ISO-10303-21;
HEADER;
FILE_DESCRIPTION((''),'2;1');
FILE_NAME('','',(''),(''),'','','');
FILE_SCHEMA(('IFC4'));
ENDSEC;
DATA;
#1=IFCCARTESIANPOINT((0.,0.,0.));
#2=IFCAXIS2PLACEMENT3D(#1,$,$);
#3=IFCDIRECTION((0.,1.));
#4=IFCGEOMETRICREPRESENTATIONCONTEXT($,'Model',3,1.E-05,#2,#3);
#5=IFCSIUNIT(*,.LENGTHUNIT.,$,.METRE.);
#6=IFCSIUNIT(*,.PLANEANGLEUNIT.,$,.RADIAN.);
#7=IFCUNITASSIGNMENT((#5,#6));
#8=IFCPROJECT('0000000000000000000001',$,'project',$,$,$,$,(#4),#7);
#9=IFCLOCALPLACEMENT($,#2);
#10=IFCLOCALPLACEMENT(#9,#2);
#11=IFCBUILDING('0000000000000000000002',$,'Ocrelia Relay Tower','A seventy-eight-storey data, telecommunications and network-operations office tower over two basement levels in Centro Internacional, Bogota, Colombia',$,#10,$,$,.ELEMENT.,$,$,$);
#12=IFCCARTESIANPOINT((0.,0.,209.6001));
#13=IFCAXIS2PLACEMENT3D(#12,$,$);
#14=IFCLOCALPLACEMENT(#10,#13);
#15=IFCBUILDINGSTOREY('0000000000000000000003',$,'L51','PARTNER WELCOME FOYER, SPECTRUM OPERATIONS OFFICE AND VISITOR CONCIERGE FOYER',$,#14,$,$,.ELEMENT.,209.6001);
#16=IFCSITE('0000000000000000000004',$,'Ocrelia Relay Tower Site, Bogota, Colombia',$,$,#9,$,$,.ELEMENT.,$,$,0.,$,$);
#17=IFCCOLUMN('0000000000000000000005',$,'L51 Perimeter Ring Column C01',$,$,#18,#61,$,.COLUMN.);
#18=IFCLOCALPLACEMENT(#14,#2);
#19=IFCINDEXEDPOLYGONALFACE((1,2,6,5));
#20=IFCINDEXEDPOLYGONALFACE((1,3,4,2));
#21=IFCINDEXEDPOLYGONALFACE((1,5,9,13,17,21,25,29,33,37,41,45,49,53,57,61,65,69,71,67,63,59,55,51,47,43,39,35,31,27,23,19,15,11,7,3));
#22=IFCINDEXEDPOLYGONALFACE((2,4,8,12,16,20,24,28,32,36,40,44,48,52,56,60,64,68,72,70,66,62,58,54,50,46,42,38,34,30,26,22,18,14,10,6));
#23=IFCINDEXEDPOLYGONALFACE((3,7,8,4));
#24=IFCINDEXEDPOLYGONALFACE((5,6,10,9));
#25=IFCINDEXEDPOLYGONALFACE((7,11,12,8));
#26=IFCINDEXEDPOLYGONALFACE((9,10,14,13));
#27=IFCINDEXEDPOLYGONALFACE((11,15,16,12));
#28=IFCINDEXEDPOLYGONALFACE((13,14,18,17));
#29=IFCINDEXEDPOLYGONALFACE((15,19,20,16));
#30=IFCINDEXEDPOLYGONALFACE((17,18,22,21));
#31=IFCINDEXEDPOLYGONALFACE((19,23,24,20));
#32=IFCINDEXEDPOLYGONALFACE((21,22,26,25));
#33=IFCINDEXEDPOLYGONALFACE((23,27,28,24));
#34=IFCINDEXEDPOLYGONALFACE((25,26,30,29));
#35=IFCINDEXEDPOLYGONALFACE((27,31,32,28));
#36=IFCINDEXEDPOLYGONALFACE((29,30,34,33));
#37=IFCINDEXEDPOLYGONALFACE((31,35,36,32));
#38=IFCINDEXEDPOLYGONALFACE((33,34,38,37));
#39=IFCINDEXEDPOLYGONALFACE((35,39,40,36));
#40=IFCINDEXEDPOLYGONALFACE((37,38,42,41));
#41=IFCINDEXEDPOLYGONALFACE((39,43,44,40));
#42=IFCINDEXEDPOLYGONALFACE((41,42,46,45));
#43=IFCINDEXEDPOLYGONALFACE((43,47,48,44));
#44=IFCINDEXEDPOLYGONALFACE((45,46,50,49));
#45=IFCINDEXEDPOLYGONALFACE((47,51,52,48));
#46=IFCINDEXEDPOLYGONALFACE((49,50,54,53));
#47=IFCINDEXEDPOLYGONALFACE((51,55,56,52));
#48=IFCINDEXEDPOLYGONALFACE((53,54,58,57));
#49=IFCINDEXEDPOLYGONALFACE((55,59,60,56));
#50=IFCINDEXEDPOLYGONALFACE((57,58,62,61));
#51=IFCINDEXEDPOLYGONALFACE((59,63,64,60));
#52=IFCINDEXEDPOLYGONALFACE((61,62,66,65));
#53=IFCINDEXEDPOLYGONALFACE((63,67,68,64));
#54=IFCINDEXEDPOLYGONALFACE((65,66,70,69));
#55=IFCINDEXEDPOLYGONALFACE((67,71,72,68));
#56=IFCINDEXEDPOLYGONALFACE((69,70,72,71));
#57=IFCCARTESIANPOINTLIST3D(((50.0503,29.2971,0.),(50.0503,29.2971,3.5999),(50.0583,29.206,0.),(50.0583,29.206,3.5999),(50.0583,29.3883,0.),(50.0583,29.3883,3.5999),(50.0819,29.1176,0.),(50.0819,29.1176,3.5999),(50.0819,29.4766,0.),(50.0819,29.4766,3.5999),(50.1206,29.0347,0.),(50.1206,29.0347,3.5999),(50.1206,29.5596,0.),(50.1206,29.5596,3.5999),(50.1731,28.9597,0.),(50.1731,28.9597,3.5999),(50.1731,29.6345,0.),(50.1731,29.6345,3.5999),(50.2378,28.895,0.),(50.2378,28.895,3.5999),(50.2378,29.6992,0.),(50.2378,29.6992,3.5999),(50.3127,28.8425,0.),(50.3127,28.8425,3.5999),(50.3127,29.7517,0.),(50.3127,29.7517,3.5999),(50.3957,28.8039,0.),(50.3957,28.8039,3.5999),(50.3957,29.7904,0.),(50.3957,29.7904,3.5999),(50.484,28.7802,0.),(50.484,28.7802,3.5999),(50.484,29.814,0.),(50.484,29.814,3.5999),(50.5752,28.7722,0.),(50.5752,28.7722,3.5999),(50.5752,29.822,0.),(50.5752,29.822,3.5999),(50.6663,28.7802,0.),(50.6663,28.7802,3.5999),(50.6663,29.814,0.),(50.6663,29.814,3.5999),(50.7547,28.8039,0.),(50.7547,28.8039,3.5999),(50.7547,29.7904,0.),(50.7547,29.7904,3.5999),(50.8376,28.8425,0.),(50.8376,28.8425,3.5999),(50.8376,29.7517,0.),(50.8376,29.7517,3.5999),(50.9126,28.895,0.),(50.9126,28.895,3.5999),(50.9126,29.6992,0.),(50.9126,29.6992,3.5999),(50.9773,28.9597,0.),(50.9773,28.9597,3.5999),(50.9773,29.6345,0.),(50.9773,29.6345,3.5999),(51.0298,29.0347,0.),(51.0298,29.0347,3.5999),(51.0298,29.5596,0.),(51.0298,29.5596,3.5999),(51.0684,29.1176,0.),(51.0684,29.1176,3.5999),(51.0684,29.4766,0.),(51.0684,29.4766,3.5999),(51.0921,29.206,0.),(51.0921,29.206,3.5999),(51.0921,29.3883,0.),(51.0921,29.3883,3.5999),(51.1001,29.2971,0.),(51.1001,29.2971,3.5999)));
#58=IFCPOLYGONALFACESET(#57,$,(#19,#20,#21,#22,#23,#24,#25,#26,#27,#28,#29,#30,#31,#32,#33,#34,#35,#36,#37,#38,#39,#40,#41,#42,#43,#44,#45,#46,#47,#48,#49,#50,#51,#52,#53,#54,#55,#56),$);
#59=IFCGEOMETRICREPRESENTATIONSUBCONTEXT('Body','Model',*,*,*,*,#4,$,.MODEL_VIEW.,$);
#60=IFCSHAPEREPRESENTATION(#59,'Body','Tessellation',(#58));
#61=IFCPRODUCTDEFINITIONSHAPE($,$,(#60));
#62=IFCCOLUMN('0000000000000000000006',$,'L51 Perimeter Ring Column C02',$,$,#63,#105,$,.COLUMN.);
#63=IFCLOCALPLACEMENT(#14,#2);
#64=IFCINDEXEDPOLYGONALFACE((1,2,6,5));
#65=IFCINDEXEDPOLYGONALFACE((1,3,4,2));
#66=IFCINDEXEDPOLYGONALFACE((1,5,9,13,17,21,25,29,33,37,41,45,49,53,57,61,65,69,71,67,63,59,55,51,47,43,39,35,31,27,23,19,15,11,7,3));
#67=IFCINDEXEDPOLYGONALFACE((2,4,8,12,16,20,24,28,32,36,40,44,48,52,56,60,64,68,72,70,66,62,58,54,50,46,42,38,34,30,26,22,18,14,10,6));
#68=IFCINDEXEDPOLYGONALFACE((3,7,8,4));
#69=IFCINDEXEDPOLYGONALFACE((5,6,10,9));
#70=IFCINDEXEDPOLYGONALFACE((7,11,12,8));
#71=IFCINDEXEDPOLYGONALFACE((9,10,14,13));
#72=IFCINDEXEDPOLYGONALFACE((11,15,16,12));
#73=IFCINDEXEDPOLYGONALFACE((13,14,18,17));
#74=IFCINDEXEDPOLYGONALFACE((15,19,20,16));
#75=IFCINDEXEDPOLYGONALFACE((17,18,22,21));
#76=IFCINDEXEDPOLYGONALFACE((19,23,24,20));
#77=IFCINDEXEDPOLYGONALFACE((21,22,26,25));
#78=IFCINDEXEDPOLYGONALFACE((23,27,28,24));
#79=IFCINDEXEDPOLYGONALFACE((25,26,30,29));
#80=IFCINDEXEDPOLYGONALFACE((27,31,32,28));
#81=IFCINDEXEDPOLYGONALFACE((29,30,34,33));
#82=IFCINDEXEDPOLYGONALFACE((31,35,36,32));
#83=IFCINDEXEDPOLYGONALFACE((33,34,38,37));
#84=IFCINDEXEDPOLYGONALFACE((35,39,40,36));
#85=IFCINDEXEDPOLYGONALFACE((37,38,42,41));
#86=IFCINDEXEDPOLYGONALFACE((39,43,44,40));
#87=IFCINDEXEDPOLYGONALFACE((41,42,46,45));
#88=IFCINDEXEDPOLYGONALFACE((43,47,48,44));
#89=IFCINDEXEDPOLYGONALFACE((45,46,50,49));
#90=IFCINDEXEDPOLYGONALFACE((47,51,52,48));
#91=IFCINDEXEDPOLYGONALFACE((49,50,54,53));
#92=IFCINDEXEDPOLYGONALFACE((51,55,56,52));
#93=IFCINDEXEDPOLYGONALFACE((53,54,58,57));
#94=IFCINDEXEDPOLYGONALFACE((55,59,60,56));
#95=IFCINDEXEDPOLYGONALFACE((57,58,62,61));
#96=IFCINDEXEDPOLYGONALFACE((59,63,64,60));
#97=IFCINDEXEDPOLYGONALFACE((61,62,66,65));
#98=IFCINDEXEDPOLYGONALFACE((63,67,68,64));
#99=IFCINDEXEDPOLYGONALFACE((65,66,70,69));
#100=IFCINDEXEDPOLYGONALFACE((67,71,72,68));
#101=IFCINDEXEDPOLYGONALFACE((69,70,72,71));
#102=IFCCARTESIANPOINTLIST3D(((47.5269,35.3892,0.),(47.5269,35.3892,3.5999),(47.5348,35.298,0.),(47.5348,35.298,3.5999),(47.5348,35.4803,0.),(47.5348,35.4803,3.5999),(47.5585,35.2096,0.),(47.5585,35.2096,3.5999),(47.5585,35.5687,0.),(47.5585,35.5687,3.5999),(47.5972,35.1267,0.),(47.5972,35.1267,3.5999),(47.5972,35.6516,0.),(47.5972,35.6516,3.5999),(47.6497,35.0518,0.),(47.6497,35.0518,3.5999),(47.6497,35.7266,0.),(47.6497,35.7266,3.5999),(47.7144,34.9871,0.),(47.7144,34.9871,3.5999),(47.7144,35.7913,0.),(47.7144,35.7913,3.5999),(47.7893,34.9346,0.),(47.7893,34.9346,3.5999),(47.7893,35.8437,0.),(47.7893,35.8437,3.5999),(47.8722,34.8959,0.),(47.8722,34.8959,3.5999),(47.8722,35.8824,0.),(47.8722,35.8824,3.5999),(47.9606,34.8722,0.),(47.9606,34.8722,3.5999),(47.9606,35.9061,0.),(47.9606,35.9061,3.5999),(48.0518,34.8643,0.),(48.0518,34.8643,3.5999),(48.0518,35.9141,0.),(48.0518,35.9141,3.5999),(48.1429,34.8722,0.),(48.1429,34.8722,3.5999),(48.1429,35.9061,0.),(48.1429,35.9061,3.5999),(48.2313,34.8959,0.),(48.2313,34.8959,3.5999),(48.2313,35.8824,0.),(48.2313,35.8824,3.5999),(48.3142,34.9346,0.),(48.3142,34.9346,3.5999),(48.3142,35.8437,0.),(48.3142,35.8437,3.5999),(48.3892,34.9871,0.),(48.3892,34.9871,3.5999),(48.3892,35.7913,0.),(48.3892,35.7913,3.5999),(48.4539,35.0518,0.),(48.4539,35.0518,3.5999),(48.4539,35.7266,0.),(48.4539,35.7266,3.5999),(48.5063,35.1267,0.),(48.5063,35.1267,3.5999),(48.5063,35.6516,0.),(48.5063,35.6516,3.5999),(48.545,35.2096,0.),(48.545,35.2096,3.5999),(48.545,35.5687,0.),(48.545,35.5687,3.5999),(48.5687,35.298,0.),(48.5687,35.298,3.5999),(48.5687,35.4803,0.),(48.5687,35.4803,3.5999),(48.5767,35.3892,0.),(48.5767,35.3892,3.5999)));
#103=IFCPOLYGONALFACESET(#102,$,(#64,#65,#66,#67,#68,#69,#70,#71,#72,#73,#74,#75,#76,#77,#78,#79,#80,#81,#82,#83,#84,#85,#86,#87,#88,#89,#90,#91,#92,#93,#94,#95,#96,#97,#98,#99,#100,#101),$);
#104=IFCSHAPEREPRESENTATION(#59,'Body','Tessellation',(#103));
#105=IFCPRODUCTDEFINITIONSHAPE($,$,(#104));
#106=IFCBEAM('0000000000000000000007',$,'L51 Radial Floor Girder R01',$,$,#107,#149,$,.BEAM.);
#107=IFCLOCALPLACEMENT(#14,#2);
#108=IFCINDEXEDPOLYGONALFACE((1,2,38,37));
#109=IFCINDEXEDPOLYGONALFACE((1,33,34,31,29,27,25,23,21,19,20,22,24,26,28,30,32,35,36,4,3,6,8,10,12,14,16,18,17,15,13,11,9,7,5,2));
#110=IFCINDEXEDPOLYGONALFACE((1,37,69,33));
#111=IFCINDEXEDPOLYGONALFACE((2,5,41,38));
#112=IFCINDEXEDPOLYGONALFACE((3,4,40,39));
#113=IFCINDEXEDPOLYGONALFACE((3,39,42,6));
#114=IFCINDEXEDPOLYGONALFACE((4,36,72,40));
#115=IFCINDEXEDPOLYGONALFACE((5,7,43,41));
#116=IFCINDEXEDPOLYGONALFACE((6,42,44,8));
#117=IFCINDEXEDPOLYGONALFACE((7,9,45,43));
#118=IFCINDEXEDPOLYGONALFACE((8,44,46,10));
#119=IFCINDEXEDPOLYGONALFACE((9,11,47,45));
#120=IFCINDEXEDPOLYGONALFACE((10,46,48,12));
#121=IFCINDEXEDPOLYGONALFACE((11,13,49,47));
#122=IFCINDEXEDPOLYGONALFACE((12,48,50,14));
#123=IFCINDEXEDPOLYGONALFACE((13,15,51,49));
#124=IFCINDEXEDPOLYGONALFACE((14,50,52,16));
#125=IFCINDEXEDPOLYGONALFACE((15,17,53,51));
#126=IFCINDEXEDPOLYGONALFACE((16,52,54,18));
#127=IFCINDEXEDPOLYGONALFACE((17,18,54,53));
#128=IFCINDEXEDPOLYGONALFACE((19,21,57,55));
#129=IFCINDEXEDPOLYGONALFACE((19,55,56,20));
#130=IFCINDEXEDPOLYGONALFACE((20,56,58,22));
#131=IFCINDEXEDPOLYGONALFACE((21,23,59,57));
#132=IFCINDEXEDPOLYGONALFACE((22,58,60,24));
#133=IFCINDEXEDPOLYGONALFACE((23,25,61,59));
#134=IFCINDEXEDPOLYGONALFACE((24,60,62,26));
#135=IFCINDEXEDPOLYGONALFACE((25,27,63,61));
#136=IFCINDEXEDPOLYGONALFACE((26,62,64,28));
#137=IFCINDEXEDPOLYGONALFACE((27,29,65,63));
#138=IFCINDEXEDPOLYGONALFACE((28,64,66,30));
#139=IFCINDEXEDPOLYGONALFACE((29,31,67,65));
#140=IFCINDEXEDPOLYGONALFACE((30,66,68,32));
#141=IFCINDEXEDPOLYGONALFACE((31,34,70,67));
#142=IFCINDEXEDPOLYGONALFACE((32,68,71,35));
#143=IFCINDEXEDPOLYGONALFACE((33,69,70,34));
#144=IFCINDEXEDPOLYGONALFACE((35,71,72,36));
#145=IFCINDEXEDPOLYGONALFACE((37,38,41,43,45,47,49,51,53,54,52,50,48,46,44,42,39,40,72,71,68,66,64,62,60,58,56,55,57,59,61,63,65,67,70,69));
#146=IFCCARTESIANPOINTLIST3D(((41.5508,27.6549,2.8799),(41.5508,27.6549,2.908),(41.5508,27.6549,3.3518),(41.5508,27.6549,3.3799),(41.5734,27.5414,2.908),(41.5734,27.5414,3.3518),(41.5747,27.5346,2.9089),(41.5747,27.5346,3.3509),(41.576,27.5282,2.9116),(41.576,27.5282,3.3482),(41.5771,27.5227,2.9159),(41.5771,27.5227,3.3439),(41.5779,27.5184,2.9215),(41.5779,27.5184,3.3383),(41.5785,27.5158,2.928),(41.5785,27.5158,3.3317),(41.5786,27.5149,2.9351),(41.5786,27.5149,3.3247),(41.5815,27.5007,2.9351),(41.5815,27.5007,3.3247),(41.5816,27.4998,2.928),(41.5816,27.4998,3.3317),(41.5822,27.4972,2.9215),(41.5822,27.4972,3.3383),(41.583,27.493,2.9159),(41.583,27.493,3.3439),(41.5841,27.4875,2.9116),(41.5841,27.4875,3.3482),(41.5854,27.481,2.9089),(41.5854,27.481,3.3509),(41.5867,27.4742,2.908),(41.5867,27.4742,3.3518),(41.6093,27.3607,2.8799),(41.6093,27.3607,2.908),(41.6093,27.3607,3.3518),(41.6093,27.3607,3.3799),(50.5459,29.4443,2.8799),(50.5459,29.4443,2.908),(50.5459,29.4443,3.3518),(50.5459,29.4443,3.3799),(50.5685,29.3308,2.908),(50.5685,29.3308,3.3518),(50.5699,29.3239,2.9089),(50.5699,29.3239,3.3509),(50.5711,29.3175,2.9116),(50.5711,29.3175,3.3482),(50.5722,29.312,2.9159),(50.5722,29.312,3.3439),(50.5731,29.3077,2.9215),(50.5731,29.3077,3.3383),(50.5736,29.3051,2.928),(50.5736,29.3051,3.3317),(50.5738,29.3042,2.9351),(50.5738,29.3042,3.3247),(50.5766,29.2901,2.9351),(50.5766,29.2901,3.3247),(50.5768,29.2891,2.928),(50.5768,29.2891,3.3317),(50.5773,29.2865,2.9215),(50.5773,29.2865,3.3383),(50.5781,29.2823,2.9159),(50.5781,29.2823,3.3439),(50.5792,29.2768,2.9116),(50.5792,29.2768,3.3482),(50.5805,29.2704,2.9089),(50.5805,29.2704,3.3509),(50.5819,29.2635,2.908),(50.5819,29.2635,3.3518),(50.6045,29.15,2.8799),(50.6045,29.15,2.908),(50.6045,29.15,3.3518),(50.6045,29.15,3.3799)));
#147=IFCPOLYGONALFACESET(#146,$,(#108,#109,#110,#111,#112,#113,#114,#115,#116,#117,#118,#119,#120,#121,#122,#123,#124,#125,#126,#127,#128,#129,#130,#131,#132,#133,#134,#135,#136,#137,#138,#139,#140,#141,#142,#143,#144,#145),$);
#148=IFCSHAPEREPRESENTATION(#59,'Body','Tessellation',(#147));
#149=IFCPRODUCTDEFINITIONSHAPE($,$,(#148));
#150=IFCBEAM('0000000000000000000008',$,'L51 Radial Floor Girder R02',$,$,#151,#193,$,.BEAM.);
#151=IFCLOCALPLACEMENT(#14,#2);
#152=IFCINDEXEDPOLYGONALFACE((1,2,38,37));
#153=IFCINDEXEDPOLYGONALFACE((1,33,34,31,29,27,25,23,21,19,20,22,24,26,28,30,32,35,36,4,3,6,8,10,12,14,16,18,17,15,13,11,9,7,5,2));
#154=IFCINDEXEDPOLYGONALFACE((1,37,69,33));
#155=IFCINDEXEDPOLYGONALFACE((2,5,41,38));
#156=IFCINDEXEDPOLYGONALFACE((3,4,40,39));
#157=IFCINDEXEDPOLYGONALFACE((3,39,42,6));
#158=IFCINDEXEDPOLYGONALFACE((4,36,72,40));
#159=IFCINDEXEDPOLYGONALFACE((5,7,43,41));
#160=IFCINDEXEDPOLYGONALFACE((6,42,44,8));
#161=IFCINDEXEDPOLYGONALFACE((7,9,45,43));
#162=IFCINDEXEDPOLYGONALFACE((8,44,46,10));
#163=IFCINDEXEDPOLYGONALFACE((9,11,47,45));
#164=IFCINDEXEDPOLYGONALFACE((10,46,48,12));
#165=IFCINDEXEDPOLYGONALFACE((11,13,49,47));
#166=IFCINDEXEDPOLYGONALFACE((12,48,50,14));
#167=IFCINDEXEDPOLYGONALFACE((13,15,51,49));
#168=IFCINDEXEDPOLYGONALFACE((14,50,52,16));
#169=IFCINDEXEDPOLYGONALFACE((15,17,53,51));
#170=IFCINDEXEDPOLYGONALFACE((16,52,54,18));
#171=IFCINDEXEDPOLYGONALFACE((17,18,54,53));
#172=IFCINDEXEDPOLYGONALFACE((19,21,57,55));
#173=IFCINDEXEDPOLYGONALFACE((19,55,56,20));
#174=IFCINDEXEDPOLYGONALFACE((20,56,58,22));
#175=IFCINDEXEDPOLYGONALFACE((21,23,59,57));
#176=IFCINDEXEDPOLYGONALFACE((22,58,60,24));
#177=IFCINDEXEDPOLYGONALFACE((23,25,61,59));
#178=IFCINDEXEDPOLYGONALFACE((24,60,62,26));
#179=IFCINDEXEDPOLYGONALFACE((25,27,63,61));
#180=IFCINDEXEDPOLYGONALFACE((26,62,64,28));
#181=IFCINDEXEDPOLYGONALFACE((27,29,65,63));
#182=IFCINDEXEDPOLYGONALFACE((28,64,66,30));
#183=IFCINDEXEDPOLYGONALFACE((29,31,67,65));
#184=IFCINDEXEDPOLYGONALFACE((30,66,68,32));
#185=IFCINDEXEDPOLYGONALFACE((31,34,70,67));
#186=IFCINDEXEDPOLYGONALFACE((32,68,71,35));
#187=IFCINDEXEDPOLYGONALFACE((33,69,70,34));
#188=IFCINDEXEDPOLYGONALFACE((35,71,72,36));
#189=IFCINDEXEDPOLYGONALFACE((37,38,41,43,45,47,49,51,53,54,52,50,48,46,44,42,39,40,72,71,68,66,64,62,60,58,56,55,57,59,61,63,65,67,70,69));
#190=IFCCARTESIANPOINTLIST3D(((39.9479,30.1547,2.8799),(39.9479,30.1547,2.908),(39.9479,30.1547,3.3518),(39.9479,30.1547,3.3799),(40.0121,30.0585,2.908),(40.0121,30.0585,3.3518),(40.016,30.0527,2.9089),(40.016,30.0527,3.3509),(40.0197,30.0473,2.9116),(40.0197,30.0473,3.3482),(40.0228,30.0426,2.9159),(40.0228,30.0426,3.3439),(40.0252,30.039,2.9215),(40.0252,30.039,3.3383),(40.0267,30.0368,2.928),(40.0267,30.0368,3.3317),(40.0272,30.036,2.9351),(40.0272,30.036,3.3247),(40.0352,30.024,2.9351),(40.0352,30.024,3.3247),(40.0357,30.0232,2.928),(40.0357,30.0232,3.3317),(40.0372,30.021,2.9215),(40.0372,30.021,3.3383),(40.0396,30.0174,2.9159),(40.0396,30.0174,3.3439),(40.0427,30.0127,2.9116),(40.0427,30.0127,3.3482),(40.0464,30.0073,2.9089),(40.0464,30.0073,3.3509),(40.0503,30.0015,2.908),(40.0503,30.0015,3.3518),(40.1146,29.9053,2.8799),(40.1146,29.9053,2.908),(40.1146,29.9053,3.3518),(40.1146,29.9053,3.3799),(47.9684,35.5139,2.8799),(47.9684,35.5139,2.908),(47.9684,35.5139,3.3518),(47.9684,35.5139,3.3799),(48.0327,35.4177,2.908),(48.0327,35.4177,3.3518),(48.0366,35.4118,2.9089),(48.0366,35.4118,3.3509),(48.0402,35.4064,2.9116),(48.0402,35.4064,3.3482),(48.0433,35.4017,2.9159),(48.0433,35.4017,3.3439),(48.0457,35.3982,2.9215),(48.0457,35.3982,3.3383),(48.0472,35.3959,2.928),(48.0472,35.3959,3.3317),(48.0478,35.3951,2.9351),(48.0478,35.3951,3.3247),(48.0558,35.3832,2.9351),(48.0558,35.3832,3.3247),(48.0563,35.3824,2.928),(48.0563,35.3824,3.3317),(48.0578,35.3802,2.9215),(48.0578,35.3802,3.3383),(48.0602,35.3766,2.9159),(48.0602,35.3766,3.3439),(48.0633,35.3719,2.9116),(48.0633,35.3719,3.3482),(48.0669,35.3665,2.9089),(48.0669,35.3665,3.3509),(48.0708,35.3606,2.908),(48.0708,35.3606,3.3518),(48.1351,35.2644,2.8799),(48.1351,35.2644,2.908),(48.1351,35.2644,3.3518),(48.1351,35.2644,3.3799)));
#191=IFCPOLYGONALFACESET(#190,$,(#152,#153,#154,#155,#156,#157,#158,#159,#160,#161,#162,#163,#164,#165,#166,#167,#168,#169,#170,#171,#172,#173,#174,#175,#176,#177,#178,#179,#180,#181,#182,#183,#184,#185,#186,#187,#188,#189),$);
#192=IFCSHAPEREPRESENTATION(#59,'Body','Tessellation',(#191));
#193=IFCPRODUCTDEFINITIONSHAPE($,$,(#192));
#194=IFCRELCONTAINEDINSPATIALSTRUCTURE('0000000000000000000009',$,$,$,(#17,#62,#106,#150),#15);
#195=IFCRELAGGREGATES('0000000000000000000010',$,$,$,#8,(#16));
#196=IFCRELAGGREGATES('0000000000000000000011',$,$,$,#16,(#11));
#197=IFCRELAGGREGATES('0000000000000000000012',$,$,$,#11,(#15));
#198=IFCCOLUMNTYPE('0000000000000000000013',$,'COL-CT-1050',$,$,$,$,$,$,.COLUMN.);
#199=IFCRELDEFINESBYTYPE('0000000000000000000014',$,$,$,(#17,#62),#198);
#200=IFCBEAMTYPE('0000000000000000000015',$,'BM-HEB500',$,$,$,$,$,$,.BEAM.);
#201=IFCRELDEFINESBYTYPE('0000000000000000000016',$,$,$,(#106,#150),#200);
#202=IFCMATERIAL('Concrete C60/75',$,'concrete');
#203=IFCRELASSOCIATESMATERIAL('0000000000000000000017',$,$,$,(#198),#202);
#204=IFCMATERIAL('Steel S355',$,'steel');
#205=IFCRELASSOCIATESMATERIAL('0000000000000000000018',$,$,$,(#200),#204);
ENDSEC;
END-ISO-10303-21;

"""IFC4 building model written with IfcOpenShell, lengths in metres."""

from ifc_helpers import new_model, si_unit, direction, frame, origin, origin_2d, place, context, subcontext, project, spatial, circle, i_section, extrude, material, material_profile, profile_set, type_object, element, save


model = new_model("IFC4")

# Units and contexts
model_context = context("Model", 3, precision=1e-05, world=origin(), true_north=direction((0.0, 1.0)))
body_context = subcontext(model_context, "Body", "Model", "MODEL_VIEW")
ifc_project = project(units=[si_unit("LENGTHUNIT", "METRE"), si_unit("PLANEANGLEUNIT", "RADIAN")], contexts=[model_context])

# Site, building, storey
site_placement = place(None, origin())
site = spatial("IfcSite", under=ifc_project, at=site_placement, Name="Ocrelia Relay Tower Site, Bogota, Colombia", CompositionType="ELEMENT", RefElevation=0.0)
building_placement = place(site_placement, origin())
building = spatial("IfcBuilding", under=site, at=building_placement, Name="Ocrelia Relay Tower", Description="A seventy-eight-storey data, telecommunications and network-operations office tower over two basement levels in Centro Internacional, Bogota, Colombia", CompositionType="ELEMENT")
storey_placement = place(building_placement, frame((0.0, 0.0, 209.6001)))
storey = spatial("IfcBuildingStorey", under=building, at=storey_placement, Name="L51", Description="PARTNER WELCOME FOYER, SPECTRUM OPERATIONS OFFICE AND VISITOR CONCIERGE FOYER", CompositionType="ELEMENT", Elevation=209.6001)

# Columns
ifc_material_1 = material(Name="Concrete C60/75", Category="concrete")
ifc_material_profile_1 = material_profile(ifc_material_1, circle(Radius=0.5249, at=origin_2d()), Name="RC-CIR-1050")
ifc_profile_set_1 = profile_set([ifc_material_profile_1], Name="Concrete C60/75")
column_type = type_object("IfcColumnType", Name="COL-CT-1050", PredefinedType="COLUMN", material=ifc_profile_set_1)
for number, where, z_axis, x_axis, name in (
    (1, (50.5752, 29.2971, 0.0), (0.0, 0.0, 1.0), (1.0, 0.0, 0.0), "L51 Perimeter Ring Column C01"),
    (2, (48.0518, 35.3892, 0.0), (0.0, 0.0, 1.0), (1.0, 0.0, 0.0), "L51 Perimeter Ring Column C02"),
):
    element("IfcColumn", number, at=place(storey_placement, frame(where, z_axis=z_axis, x_axis=x_axis)), inside=storey, type_object=column_type, Name=name, PredefinedType="COLUMN", context=body_context, shape_type="SweptSolid", body=[
        extrude(circle(Radius=0.5249, at=origin_2d()), origin(), (0.0, 0.0, 1.0), 3.5999),
    ])

# Beams
ifc_material_2 = material(Name="Steel S355", Category="steel")
ifc_material_profile_2 = material_profile(ifc_material_2, i_section(OverallWidth=0.3, OverallDepth=0.5, WebThickness=0.0144, FlangeThickness=0.0281, FilletRadius=0.0271, at=origin_2d()), Name="HEB 500")
ifc_profile_set_2 = profile_set([ifc_material_profile_2], Name="Steel S355")
beam_type_1 = type_object("IfcBeamType", Name="BM-HEB500", PredefinedType="BEAM", material=ifc_profile_set_2)
beam_1_placement = place(storey_placement, frame((50.5752, 29.2971, 3.1299), z_axis=(-0.980784, -0.195097, 0.0), x_axis=(0.195097, -0.980784, 0.0)))
element("IfcBeam", 3, at=beam_1_placement, inside=storey, type_object=beam_type_1, Name="L51 Radial Floor Girder R01", PredefinedType="BEAM", context=body_context, shape_type="SweptSolid", body=[
    extrude(i_section(OverallWidth=0.3, OverallDepth=0.5, WebThickness=0.0144, FlangeThickness=0.0281, FilletRadius=0.0271, at=origin_2d()), origin(), (0.0, 0.0, 1.0), 9.1714),
])
beam_2_placement = place(storey_placement, frame((48.0518, 35.3892, 3.1299), z_axis=(-0.83147, -0.55557, 0.0), x_axis=(0.55557, -0.83147, 0.0)))
element("IfcBeam", 4, at=beam_2_placement, inside=storey, type_object=beam_type_1, Name="L51 Radial Floor Girder R02", PredefinedType="BEAM", context=body_context, shape_type="SweptSolid", body=[
    extrude(i_section(OverallWidth=0.3, OverallDepth=0.5, WebThickness=0.0144, FlangeThickness=0.0281, FilletRadius=0.0271, at=origin_2d()), origin(), (0.0, 0.0, 1.0), 9.6462),
])

save(model, "model.ifc")
